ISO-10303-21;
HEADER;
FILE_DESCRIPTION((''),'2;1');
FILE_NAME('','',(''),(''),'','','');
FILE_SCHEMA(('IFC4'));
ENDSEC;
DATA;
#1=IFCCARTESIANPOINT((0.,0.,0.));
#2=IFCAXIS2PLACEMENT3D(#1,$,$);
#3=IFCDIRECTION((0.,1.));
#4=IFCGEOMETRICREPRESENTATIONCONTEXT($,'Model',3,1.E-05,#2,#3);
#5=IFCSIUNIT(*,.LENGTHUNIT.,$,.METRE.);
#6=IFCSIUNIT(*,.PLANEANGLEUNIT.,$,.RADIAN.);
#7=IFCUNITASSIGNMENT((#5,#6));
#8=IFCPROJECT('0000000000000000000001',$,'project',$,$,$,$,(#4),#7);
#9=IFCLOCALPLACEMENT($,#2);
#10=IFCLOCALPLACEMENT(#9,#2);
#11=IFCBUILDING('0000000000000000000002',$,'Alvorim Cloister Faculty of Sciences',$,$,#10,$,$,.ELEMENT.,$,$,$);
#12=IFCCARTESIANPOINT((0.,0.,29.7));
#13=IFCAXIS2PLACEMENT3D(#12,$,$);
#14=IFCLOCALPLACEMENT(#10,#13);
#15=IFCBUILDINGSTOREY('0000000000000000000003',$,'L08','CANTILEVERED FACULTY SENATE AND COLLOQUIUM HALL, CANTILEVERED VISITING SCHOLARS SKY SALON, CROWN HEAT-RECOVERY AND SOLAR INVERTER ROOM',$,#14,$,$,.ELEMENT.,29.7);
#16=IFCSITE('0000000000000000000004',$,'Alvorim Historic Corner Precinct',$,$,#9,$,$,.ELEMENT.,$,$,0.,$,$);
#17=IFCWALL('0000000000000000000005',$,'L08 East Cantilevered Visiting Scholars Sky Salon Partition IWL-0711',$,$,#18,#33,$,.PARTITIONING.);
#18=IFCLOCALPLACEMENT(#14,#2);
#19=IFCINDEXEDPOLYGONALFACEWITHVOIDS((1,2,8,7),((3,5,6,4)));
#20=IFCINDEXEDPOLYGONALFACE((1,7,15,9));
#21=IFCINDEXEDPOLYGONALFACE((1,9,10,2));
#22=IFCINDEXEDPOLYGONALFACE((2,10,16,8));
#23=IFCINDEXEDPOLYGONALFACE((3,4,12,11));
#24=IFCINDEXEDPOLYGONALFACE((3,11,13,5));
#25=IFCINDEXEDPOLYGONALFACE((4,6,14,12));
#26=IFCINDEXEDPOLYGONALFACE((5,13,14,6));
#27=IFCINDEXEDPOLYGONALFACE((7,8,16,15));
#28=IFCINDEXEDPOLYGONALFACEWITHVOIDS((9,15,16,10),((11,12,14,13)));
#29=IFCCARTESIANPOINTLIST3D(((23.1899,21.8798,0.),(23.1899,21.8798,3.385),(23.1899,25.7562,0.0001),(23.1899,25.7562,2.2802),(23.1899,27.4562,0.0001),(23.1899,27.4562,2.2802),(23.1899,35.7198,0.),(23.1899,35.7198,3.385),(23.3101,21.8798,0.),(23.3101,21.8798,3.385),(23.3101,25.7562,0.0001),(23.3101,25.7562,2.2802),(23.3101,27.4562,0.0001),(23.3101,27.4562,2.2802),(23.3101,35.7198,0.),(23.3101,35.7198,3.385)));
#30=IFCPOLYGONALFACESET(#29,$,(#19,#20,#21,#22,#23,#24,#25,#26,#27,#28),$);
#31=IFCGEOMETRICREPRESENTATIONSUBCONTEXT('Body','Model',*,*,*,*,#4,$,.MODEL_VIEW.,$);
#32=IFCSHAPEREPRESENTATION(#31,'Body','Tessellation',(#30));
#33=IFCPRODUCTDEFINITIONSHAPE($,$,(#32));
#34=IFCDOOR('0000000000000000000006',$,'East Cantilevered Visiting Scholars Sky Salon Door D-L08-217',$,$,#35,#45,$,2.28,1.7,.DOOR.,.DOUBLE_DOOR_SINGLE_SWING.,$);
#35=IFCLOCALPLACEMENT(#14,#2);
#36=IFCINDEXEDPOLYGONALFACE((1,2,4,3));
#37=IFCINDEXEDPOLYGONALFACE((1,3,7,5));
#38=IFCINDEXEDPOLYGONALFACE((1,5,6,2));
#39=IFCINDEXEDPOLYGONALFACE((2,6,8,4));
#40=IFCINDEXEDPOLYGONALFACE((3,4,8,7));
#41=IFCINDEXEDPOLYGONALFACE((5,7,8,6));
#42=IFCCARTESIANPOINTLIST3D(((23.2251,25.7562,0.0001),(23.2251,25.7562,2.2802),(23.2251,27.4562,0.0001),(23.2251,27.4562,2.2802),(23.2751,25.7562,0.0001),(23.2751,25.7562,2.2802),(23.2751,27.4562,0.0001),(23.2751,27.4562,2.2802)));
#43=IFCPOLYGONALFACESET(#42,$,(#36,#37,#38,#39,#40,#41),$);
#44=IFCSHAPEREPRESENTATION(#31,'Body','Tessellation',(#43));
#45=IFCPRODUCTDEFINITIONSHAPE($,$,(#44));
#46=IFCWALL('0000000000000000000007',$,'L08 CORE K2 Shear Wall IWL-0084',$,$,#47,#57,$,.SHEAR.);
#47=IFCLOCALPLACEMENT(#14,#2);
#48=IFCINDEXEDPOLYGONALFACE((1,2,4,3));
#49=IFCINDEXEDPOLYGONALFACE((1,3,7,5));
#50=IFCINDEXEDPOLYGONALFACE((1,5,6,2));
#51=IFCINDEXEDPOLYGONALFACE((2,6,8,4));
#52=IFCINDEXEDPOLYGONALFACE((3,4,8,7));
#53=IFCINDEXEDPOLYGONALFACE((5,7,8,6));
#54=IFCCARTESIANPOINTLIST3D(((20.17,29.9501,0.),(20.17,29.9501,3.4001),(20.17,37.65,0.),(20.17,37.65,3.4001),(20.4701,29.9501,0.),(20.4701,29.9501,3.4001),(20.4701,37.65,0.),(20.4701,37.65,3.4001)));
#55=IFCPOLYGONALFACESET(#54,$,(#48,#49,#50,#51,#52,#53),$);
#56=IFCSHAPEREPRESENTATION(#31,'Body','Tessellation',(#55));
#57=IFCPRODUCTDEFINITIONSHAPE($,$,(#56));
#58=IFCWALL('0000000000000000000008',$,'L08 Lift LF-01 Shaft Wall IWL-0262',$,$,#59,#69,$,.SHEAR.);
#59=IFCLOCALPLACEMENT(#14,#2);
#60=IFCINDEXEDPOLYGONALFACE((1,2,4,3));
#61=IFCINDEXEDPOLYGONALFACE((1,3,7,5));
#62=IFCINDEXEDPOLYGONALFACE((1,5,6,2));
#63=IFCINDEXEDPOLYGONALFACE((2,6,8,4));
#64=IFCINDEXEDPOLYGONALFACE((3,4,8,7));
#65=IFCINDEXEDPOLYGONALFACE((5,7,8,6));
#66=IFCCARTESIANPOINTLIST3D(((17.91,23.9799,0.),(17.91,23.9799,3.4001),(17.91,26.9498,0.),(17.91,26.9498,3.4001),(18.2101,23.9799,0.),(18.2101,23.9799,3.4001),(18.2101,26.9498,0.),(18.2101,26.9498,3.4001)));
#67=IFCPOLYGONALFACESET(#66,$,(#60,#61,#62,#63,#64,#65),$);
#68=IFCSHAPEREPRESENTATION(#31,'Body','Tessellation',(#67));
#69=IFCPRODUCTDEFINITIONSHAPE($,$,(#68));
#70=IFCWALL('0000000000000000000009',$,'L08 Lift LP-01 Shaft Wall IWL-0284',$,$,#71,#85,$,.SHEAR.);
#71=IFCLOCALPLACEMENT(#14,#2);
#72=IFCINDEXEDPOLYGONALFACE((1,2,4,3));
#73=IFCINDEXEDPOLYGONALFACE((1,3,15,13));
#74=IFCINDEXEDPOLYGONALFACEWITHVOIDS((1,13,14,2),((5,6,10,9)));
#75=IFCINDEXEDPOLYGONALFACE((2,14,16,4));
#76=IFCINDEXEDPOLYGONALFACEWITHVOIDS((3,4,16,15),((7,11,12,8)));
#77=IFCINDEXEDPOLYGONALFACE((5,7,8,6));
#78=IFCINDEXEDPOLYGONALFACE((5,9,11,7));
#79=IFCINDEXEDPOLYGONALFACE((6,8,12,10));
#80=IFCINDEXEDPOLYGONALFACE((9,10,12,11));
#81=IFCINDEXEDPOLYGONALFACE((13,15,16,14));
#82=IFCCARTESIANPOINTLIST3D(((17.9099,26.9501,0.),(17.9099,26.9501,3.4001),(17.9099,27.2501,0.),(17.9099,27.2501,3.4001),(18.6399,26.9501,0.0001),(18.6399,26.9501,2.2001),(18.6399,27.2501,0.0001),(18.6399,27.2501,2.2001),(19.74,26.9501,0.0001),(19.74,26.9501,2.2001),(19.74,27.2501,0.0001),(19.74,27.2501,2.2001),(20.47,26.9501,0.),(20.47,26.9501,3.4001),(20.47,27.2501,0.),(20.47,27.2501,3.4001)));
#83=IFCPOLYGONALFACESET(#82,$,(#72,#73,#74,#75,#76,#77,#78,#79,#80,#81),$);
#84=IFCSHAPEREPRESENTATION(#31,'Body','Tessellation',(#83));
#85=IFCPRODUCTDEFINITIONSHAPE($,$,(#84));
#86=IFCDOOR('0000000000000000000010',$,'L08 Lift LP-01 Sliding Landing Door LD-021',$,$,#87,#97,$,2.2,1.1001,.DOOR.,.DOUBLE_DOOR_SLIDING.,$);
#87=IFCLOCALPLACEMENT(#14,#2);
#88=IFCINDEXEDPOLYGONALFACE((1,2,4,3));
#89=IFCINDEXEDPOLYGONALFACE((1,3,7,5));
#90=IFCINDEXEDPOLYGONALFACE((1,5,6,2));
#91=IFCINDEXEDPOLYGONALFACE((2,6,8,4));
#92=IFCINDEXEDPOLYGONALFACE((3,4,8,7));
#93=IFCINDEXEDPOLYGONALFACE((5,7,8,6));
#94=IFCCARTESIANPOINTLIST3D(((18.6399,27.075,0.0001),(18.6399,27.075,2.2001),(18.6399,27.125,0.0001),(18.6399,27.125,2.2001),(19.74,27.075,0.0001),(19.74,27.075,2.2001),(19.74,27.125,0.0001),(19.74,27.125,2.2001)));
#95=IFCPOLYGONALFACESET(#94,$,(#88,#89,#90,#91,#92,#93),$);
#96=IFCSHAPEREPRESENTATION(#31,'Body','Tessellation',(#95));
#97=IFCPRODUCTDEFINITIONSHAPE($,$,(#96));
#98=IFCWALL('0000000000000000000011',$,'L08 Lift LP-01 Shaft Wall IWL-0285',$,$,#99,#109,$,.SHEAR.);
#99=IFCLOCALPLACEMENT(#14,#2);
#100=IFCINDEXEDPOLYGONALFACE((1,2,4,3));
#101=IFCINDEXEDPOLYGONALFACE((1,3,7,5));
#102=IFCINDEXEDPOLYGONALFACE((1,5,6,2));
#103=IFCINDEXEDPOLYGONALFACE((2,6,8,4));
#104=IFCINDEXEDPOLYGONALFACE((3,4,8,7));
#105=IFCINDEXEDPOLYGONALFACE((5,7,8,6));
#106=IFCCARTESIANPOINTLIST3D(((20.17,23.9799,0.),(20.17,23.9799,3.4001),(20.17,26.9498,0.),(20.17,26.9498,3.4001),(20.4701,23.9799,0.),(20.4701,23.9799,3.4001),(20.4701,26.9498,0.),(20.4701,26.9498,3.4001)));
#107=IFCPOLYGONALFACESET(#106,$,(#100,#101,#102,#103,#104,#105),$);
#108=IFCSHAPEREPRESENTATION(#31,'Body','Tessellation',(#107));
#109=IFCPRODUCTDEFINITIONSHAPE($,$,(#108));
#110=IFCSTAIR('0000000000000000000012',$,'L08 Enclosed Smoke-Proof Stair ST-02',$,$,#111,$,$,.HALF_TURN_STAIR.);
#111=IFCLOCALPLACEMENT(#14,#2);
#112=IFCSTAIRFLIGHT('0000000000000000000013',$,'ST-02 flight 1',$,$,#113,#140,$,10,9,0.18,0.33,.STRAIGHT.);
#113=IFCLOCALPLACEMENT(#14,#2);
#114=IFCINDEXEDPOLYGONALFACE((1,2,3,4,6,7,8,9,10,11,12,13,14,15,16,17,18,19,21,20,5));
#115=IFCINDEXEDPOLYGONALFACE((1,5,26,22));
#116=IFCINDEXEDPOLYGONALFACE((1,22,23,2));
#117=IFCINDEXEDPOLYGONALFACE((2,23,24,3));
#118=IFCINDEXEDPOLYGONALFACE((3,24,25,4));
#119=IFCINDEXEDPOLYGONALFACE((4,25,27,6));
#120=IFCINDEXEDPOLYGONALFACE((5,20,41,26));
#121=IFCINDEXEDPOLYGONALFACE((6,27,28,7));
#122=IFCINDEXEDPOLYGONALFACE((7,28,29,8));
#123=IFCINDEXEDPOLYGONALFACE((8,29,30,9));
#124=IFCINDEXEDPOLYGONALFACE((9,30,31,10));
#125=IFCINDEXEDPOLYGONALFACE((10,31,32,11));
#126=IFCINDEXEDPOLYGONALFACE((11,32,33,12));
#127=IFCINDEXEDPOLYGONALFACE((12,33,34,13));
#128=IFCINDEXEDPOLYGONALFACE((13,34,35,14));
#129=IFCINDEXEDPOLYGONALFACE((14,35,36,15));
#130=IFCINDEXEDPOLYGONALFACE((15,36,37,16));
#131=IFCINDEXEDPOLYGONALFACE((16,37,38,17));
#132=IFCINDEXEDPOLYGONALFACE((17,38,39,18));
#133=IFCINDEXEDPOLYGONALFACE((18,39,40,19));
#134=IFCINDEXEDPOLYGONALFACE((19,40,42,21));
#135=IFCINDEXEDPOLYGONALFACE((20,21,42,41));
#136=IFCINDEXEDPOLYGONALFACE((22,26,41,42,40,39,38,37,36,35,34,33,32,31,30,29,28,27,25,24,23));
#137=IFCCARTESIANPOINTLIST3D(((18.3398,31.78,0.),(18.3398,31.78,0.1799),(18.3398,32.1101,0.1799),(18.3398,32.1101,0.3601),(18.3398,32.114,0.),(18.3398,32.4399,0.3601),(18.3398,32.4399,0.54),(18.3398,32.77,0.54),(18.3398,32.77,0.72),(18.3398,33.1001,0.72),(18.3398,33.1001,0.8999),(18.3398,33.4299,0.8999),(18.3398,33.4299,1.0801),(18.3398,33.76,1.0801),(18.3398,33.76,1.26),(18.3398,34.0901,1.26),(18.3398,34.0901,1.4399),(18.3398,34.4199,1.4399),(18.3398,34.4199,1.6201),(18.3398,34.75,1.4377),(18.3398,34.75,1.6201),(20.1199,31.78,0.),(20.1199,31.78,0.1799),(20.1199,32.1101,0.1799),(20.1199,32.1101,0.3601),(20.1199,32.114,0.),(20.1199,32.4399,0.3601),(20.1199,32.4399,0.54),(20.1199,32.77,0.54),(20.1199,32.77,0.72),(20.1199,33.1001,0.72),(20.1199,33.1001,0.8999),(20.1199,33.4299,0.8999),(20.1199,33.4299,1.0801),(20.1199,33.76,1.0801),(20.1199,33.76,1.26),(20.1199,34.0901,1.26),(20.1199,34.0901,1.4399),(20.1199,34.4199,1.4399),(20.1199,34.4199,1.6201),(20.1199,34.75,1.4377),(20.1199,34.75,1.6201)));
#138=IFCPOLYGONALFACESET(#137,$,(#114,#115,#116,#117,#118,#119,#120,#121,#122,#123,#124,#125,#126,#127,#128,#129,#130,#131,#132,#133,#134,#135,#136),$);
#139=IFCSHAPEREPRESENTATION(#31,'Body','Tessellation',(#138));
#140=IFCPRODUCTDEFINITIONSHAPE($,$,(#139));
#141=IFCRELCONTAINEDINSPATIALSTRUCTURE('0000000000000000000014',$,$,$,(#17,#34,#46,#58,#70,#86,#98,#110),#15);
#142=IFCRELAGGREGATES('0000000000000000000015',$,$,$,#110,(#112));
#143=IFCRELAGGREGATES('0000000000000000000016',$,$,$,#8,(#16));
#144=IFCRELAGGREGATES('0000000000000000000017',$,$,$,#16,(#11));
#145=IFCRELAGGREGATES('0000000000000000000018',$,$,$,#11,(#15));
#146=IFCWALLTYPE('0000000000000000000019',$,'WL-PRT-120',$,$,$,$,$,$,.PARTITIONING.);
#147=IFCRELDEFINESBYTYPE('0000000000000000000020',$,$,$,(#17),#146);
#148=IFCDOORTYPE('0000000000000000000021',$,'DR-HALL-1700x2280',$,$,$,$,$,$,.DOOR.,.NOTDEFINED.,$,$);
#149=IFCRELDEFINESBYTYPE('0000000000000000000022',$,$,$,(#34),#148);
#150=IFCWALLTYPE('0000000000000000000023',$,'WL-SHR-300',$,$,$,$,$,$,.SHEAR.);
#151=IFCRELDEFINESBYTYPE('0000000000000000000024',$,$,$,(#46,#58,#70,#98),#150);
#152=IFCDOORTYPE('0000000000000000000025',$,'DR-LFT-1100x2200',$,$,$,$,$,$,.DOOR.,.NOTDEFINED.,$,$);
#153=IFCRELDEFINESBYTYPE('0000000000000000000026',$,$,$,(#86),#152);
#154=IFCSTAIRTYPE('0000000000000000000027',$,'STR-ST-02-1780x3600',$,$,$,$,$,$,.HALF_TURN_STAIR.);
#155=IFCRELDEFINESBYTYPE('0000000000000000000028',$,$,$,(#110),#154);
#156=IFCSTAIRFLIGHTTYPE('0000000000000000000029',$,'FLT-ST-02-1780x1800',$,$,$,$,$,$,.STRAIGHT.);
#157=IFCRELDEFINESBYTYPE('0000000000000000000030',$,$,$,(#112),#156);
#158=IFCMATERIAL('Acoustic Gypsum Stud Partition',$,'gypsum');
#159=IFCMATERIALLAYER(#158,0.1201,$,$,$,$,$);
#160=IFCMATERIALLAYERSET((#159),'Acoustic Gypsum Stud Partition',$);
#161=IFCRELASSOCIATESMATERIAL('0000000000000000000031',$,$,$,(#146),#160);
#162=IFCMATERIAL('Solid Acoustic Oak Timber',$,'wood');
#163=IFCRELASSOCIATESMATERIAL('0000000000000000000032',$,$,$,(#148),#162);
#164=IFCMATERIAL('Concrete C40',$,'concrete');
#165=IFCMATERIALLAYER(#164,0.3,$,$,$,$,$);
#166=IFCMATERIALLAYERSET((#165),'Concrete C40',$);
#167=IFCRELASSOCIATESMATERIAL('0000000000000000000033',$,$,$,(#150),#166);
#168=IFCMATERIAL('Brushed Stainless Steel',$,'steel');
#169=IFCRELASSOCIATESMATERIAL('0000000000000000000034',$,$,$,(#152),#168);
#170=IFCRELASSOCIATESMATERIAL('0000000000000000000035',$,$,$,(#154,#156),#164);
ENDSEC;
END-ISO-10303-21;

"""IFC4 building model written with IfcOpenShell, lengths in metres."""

from ifc_helpers import new_model, si_unit, direction, frame, frame_2d, origin, place, context, subcontext, project, spatial, polyline, rectangle, outline, extrude, material, layer, layer_set, type_object, element, fill, aggregate, save


model = new_model("IFC4")

# Units and contexts
model_context = context("Model", 3, precision=1e-05, world=origin(), true_north=direction((0.0, 1.0)))
body_context = subcontext(model_context, "Body", "Model", "MODEL_VIEW")
ifc_project = project(units=[si_unit("LENGTHUNIT", "METRE"), si_unit("PLANEANGLEUNIT", "RADIAN")], contexts=[model_context])

# Site, building, storey
site_placement = place(None, origin())
site = spatial("IfcSite", under=ifc_project, at=site_placement, Name="Alvorim Historic Corner Precinct", CompositionType="ELEMENT", RefElevation=0.0)
building_placement = place(site_placement, origin())
building = spatial("IfcBuilding", under=site, at=building_placement, Name="Alvorim Cloister Faculty of Sciences", CompositionType="ELEMENT")
storey_placement = place(building_placement, frame((0.0, 0.0, 29.7)))
storey = spatial("IfcBuildingStorey", under=building, at=storey_placement, Name="L08", Description="CANTILEVERED FACULTY SENATE AND COLLOQUIUM HALL, CANTILEVERED VISITING SCHOLARS SKY SALON, CROWN HEAT-RECOVERY AND SOLAR INVERTER ROOM", CompositionType="ELEMENT", Elevation=29.7)

# Wall, opening, door
ifc_material_1 = material(Name="Acoustic Gypsum Stud Partition", Category="gypsum")
ifc_layer_1 = layer(ifc_material_1, 0.1201)
ifc_layer_set_1 = layer_set([ifc_layer_1], Name="Acoustic Gypsum Stud Partition")
wall_type_1 = type_object("IfcWallType", Name="WL-PRT-120", PredefinedType="PARTITIONING", material=ifc_layer_set_1)
wall_1_placement = place(storey_placement, frame((23.25, 21.8799, 0.0), z_axis=(0.0, 0.0, 1.0), x_axis=(0.0, 1.0, 0.0)))
wall_1 = element("IfcWall", 1, at=wall_1_placement, inside=storey, type_object=wall_type_1, Name="L08 East Cantilevered Visiting Scholars Sky Salon Partition IWL-0711", PredefinedType="PARTITIONING", context=body_context, shape_type="SweptSolid", body=[
    extrude(rectangle(XDim=13.8401, YDim=0.1201, at=frame_2d((6.9199, 0.0))), origin(), (0.0, 0.0, 1.0), 3.385),
])
opening_1_placement = place(wall_1_placement, frame((3.8762, 0.0, 0.0)))
opening_1 = element("IfcOpeningElement", 2, at=opening_1_placement, cuts=wall_1, PredefinedType="OPENING", context=body_context, shape_type="SweptSolid", body=[
    extrude(rectangle(XDim=1.7, YDim=2.28, at=frame_2d((0.8501, 1.1401))), frame((0.0, 0.072, 0.0), z_axis=(0.0, -1.0, 0.0), x_axis=(1.0, 0.0, 0.0)), (0.0, 0.0, 1.0), 0.144),
])
ifc_material_2 = material(Name="Solid Acoustic Oak Timber", Category="wood")
door_type_1 = type_object("IfcDoorType", Name="DR-HALL-1700x2280", OperationType="NOTDEFINED", PredefinedType="DOOR", material=ifc_material_2)
door_1_placement = place(opening_1_placement, origin())
door_1 = element("IfcDoor", 3, at=door_1_placement, inside=storey, type_object=door_type_1, Name="East Cantilevered Visiting Scholars Sky Salon Door D-L08-217", OperationType="DOUBLE_DOOR_SINGLE_SWING", OverallHeight=2.28, OverallWidth=1.7, PredefinedType="DOOR", context=body_context, shape_type="SweptSolid", body=[
    extrude(rectangle(XDim=1.7, YDim=2.28, at=frame_2d((0.8501, 1.1401))), frame((0.0, 0.0249, 0.0), z_axis=(0.0, -1.0, 0.0), x_axis=(1.0, 0.0, 0.0)), (0.0, 0.0, 1.0), 0.05),
])
fill(opening_1, door_1)

# Walls
ifc_material_3 = material(Name="Concrete C40", Category="concrete")
ifc_layer_2 = layer(ifc_material_3, 0.3)
ifc_layer_set_2 = layer_set([ifc_layer_2], Name="Concrete C40")
wall_type_2 = type_object("IfcWallType", Name="WL-SHR-300", PredefinedType="SHEAR", material=ifc_layer_set_2)
wall_2_placement = place(storey_placement, frame((20.3201, 29.95, 0.0), z_axis=(0.0, 0.0, 1.0), x_axis=(0.0, 1.0, 0.0)))
element("IfcWall", 4, at=wall_2_placement, inside=storey, type_object=wall_type_2, Name="L08 CORE K2 Shear Wall IWL-0084", PredefinedType="SHEAR", context=body_context, shape_type="SweptSolid", body=[
    extrude(rectangle(XDim=7.7, YDim=0.3, at=frame_2d((3.8501, 0.0))), origin(), (0.0, 0.0, 1.0), 3.4001),
])
wall_3_placement = place(storey_placement, frame((18.0601, 23.98, 0.0), z_axis=(0.0, 0.0, 1.0), x_axis=(0.0, 1.0, 0.0)))
element("IfcWall", 5, at=wall_3_placement, inside=storey, type_object=wall_type_2, Name="L08 Lift LF-01 Shaft Wall IWL-0262", PredefinedType="SHEAR", context=body_context, shape_type="SweptSolid", body=[
    extrude(rectangle(XDim=2.97, YDim=0.3, at=frame_2d((1.4849, 0.0))), origin(), (0.0, 0.0, 1.0), 3.4001),
])

# Wall, opening, door
wall_4_placement = place(storey_placement, frame((17.9099, 27.1001, 0.0), z_axis=(0.0, 0.0, 1.0), x_axis=(1.0, 0.0, 0.0)))
wall_4 = element("IfcWall", 6, at=wall_4_placement, inside=storey, type_object=wall_type_2, Name="L08 Lift LP-01 Shaft Wall IWL-0284", PredefinedType="SHEAR", context=body_context, shape_type="SweptSolid", body=[
    extrude(rectangle(XDim=2.5601, YDim=0.3, at=frame_2d((1.28, 0.0))), origin(), (0.0, 0.0, 1.0), 3.4001),
])
opening_2_placement = place(wall_4_placement, frame((0.73, 0.0, 0.0)))
opening_2 = element("IfcOpeningElement", 7, at=opening_2_placement, cuts=wall_4, PredefinedType="OPENING", context=body_context, shape_type="SweptSolid", body=[
    extrude(rectangle(XDim=1.1001, YDim=2.2, at=frame_2d((0.55, 1.1001))), frame((0.0, 0.1621, 0.0), z_axis=(0.0, -1.0, 0.0), x_axis=(1.0, 0.0, 0.0)), (0.0, 0.0, 1.0), 0.324),
])
ifc_material_4 = material(Name="Brushed Stainless Steel", Category="steel")
door_type_2 = type_object("IfcDoorType", Name="DR-LFT-1100x2200", OperationType="NOTDEFINED", PredefinedType="DOOR", material=ifc_material_4)
door_2_placement = place(opening_2_placement, origin())
door_2 = element("IfcDoor", 8, at=door_2_placement, inside=storey, type_object=door_type_2, Name="L08 Lift LP-01 Sliding Landing Door LD-021", OperationType="DOUBLE_DOOR_SLIDING", OverallHeight=2.2, OverallWidth=1.1001, PredefinedType="DOOR", context=body_context, shape_type="SweptSolid", body=[
    extrude(rectangle(XDim=1.1001, YDim=2.2, at=frame_2d((0.55, 1.1001))), frame((0.0, 0.0249, 0.0), z_axis=(0.0, -1.0, 0.0), x_axis=(1.0, 0.0, 0.0)), (0.0, 0.0, 1.0), 0.05),
])
fill(opening_2, door_2)

# Wall
wall_5_placement = place(storey_placement, frame((20.3201, 23.98, 0.0), z_axis=(0.0, 0.0, 1.0), x_axis=(0.0, 1.0, 0.0)))
element("IfcWall", 9, at=wall_5_placement, inside=storey, type_object=wall_type_2, Name="L08 Lift LP-01 Shaft Wall IWL-0285", PredefinedType="SHEAR", context=body_context, shape_type="SweptSolid", body=[
    extrude(rectangle(XDim=2.97, YDim=0.3, at=frame_2d((1.4849, 0.0))), origin(), (0.0, 0.0, 1.0), 3.4001),
])

# Stair, stair flight
stair_type = type_object("IfcStairType", Name="STR-ST-02-1780x3600", PredefinedType="HALF_TURN_STAIR", material=ifc_material_3)
stair_placement = place(storey_placement, origin())
stair = element("IfcStair", 10, at=stair_placement, inside=storey, type_object=stair_type, Name="L08 Enclosed Smoke-Proof Stair ST-02", PredefinedType="HALF_TURN_STAIR")
stair_flight_type = type_object("IfcStairFlightType", Name="FLT-ST-02-1780x1800", PredefinedType="STRAIGHT", material=ifc_material_3)
stair_flight_placement = place(storey_placement, frame((19.23, 31.78, 0.0), z_axis=(0.0, 0.0, 1.0), x_axis=(0.0, 1.0, 0.0)))
stair_flight = element("IfcStairFlight", 11, at=stair_flight_placement, type_object=stair_flight_type, Name="ST-02 flight 1", NumberOfRisers=10, NumberOfTreads=9, PredefinedType="STRAIGHT", RiserHeight=0.18, TreadLength=0.33, context=body_context, shape_type="SweptSolid", body=[
    extrude(outline(polyline([(0.334, 0.0), (2.97, 1.4377), (2.97, 1.8), (2.97, 1.6201), (2.6399, 1.6201), (2.6399, 1.4399), (2.3101, 1.4399), (2.3101, 1.26), (1.98, 1.26), (1.98, 1.0801), (1.6499, 1.0801), (1.6499, 0.8999), (1.3201, 0.8999), (1.3201, 0.72), (0.99, 0.72), (0.99, 0.54), (0.6599, 0.54), (0.6599, 0.3601), (0.3301, 0.3601), (0.3301, 0.1799), (0.0, 0.1799), (0.0, 0.0), (0.334, 0.0)])), frame((0.0, 0.8901, 0.0), z_axis=(0.0, -1.0, 0.0), x_axis=(1.0, 0.0, 0.0)), (0.0, 0.0, 1.0), 1.78),
])
aggregate(stair, [stair_flight])

save(model, "model.ifc")
